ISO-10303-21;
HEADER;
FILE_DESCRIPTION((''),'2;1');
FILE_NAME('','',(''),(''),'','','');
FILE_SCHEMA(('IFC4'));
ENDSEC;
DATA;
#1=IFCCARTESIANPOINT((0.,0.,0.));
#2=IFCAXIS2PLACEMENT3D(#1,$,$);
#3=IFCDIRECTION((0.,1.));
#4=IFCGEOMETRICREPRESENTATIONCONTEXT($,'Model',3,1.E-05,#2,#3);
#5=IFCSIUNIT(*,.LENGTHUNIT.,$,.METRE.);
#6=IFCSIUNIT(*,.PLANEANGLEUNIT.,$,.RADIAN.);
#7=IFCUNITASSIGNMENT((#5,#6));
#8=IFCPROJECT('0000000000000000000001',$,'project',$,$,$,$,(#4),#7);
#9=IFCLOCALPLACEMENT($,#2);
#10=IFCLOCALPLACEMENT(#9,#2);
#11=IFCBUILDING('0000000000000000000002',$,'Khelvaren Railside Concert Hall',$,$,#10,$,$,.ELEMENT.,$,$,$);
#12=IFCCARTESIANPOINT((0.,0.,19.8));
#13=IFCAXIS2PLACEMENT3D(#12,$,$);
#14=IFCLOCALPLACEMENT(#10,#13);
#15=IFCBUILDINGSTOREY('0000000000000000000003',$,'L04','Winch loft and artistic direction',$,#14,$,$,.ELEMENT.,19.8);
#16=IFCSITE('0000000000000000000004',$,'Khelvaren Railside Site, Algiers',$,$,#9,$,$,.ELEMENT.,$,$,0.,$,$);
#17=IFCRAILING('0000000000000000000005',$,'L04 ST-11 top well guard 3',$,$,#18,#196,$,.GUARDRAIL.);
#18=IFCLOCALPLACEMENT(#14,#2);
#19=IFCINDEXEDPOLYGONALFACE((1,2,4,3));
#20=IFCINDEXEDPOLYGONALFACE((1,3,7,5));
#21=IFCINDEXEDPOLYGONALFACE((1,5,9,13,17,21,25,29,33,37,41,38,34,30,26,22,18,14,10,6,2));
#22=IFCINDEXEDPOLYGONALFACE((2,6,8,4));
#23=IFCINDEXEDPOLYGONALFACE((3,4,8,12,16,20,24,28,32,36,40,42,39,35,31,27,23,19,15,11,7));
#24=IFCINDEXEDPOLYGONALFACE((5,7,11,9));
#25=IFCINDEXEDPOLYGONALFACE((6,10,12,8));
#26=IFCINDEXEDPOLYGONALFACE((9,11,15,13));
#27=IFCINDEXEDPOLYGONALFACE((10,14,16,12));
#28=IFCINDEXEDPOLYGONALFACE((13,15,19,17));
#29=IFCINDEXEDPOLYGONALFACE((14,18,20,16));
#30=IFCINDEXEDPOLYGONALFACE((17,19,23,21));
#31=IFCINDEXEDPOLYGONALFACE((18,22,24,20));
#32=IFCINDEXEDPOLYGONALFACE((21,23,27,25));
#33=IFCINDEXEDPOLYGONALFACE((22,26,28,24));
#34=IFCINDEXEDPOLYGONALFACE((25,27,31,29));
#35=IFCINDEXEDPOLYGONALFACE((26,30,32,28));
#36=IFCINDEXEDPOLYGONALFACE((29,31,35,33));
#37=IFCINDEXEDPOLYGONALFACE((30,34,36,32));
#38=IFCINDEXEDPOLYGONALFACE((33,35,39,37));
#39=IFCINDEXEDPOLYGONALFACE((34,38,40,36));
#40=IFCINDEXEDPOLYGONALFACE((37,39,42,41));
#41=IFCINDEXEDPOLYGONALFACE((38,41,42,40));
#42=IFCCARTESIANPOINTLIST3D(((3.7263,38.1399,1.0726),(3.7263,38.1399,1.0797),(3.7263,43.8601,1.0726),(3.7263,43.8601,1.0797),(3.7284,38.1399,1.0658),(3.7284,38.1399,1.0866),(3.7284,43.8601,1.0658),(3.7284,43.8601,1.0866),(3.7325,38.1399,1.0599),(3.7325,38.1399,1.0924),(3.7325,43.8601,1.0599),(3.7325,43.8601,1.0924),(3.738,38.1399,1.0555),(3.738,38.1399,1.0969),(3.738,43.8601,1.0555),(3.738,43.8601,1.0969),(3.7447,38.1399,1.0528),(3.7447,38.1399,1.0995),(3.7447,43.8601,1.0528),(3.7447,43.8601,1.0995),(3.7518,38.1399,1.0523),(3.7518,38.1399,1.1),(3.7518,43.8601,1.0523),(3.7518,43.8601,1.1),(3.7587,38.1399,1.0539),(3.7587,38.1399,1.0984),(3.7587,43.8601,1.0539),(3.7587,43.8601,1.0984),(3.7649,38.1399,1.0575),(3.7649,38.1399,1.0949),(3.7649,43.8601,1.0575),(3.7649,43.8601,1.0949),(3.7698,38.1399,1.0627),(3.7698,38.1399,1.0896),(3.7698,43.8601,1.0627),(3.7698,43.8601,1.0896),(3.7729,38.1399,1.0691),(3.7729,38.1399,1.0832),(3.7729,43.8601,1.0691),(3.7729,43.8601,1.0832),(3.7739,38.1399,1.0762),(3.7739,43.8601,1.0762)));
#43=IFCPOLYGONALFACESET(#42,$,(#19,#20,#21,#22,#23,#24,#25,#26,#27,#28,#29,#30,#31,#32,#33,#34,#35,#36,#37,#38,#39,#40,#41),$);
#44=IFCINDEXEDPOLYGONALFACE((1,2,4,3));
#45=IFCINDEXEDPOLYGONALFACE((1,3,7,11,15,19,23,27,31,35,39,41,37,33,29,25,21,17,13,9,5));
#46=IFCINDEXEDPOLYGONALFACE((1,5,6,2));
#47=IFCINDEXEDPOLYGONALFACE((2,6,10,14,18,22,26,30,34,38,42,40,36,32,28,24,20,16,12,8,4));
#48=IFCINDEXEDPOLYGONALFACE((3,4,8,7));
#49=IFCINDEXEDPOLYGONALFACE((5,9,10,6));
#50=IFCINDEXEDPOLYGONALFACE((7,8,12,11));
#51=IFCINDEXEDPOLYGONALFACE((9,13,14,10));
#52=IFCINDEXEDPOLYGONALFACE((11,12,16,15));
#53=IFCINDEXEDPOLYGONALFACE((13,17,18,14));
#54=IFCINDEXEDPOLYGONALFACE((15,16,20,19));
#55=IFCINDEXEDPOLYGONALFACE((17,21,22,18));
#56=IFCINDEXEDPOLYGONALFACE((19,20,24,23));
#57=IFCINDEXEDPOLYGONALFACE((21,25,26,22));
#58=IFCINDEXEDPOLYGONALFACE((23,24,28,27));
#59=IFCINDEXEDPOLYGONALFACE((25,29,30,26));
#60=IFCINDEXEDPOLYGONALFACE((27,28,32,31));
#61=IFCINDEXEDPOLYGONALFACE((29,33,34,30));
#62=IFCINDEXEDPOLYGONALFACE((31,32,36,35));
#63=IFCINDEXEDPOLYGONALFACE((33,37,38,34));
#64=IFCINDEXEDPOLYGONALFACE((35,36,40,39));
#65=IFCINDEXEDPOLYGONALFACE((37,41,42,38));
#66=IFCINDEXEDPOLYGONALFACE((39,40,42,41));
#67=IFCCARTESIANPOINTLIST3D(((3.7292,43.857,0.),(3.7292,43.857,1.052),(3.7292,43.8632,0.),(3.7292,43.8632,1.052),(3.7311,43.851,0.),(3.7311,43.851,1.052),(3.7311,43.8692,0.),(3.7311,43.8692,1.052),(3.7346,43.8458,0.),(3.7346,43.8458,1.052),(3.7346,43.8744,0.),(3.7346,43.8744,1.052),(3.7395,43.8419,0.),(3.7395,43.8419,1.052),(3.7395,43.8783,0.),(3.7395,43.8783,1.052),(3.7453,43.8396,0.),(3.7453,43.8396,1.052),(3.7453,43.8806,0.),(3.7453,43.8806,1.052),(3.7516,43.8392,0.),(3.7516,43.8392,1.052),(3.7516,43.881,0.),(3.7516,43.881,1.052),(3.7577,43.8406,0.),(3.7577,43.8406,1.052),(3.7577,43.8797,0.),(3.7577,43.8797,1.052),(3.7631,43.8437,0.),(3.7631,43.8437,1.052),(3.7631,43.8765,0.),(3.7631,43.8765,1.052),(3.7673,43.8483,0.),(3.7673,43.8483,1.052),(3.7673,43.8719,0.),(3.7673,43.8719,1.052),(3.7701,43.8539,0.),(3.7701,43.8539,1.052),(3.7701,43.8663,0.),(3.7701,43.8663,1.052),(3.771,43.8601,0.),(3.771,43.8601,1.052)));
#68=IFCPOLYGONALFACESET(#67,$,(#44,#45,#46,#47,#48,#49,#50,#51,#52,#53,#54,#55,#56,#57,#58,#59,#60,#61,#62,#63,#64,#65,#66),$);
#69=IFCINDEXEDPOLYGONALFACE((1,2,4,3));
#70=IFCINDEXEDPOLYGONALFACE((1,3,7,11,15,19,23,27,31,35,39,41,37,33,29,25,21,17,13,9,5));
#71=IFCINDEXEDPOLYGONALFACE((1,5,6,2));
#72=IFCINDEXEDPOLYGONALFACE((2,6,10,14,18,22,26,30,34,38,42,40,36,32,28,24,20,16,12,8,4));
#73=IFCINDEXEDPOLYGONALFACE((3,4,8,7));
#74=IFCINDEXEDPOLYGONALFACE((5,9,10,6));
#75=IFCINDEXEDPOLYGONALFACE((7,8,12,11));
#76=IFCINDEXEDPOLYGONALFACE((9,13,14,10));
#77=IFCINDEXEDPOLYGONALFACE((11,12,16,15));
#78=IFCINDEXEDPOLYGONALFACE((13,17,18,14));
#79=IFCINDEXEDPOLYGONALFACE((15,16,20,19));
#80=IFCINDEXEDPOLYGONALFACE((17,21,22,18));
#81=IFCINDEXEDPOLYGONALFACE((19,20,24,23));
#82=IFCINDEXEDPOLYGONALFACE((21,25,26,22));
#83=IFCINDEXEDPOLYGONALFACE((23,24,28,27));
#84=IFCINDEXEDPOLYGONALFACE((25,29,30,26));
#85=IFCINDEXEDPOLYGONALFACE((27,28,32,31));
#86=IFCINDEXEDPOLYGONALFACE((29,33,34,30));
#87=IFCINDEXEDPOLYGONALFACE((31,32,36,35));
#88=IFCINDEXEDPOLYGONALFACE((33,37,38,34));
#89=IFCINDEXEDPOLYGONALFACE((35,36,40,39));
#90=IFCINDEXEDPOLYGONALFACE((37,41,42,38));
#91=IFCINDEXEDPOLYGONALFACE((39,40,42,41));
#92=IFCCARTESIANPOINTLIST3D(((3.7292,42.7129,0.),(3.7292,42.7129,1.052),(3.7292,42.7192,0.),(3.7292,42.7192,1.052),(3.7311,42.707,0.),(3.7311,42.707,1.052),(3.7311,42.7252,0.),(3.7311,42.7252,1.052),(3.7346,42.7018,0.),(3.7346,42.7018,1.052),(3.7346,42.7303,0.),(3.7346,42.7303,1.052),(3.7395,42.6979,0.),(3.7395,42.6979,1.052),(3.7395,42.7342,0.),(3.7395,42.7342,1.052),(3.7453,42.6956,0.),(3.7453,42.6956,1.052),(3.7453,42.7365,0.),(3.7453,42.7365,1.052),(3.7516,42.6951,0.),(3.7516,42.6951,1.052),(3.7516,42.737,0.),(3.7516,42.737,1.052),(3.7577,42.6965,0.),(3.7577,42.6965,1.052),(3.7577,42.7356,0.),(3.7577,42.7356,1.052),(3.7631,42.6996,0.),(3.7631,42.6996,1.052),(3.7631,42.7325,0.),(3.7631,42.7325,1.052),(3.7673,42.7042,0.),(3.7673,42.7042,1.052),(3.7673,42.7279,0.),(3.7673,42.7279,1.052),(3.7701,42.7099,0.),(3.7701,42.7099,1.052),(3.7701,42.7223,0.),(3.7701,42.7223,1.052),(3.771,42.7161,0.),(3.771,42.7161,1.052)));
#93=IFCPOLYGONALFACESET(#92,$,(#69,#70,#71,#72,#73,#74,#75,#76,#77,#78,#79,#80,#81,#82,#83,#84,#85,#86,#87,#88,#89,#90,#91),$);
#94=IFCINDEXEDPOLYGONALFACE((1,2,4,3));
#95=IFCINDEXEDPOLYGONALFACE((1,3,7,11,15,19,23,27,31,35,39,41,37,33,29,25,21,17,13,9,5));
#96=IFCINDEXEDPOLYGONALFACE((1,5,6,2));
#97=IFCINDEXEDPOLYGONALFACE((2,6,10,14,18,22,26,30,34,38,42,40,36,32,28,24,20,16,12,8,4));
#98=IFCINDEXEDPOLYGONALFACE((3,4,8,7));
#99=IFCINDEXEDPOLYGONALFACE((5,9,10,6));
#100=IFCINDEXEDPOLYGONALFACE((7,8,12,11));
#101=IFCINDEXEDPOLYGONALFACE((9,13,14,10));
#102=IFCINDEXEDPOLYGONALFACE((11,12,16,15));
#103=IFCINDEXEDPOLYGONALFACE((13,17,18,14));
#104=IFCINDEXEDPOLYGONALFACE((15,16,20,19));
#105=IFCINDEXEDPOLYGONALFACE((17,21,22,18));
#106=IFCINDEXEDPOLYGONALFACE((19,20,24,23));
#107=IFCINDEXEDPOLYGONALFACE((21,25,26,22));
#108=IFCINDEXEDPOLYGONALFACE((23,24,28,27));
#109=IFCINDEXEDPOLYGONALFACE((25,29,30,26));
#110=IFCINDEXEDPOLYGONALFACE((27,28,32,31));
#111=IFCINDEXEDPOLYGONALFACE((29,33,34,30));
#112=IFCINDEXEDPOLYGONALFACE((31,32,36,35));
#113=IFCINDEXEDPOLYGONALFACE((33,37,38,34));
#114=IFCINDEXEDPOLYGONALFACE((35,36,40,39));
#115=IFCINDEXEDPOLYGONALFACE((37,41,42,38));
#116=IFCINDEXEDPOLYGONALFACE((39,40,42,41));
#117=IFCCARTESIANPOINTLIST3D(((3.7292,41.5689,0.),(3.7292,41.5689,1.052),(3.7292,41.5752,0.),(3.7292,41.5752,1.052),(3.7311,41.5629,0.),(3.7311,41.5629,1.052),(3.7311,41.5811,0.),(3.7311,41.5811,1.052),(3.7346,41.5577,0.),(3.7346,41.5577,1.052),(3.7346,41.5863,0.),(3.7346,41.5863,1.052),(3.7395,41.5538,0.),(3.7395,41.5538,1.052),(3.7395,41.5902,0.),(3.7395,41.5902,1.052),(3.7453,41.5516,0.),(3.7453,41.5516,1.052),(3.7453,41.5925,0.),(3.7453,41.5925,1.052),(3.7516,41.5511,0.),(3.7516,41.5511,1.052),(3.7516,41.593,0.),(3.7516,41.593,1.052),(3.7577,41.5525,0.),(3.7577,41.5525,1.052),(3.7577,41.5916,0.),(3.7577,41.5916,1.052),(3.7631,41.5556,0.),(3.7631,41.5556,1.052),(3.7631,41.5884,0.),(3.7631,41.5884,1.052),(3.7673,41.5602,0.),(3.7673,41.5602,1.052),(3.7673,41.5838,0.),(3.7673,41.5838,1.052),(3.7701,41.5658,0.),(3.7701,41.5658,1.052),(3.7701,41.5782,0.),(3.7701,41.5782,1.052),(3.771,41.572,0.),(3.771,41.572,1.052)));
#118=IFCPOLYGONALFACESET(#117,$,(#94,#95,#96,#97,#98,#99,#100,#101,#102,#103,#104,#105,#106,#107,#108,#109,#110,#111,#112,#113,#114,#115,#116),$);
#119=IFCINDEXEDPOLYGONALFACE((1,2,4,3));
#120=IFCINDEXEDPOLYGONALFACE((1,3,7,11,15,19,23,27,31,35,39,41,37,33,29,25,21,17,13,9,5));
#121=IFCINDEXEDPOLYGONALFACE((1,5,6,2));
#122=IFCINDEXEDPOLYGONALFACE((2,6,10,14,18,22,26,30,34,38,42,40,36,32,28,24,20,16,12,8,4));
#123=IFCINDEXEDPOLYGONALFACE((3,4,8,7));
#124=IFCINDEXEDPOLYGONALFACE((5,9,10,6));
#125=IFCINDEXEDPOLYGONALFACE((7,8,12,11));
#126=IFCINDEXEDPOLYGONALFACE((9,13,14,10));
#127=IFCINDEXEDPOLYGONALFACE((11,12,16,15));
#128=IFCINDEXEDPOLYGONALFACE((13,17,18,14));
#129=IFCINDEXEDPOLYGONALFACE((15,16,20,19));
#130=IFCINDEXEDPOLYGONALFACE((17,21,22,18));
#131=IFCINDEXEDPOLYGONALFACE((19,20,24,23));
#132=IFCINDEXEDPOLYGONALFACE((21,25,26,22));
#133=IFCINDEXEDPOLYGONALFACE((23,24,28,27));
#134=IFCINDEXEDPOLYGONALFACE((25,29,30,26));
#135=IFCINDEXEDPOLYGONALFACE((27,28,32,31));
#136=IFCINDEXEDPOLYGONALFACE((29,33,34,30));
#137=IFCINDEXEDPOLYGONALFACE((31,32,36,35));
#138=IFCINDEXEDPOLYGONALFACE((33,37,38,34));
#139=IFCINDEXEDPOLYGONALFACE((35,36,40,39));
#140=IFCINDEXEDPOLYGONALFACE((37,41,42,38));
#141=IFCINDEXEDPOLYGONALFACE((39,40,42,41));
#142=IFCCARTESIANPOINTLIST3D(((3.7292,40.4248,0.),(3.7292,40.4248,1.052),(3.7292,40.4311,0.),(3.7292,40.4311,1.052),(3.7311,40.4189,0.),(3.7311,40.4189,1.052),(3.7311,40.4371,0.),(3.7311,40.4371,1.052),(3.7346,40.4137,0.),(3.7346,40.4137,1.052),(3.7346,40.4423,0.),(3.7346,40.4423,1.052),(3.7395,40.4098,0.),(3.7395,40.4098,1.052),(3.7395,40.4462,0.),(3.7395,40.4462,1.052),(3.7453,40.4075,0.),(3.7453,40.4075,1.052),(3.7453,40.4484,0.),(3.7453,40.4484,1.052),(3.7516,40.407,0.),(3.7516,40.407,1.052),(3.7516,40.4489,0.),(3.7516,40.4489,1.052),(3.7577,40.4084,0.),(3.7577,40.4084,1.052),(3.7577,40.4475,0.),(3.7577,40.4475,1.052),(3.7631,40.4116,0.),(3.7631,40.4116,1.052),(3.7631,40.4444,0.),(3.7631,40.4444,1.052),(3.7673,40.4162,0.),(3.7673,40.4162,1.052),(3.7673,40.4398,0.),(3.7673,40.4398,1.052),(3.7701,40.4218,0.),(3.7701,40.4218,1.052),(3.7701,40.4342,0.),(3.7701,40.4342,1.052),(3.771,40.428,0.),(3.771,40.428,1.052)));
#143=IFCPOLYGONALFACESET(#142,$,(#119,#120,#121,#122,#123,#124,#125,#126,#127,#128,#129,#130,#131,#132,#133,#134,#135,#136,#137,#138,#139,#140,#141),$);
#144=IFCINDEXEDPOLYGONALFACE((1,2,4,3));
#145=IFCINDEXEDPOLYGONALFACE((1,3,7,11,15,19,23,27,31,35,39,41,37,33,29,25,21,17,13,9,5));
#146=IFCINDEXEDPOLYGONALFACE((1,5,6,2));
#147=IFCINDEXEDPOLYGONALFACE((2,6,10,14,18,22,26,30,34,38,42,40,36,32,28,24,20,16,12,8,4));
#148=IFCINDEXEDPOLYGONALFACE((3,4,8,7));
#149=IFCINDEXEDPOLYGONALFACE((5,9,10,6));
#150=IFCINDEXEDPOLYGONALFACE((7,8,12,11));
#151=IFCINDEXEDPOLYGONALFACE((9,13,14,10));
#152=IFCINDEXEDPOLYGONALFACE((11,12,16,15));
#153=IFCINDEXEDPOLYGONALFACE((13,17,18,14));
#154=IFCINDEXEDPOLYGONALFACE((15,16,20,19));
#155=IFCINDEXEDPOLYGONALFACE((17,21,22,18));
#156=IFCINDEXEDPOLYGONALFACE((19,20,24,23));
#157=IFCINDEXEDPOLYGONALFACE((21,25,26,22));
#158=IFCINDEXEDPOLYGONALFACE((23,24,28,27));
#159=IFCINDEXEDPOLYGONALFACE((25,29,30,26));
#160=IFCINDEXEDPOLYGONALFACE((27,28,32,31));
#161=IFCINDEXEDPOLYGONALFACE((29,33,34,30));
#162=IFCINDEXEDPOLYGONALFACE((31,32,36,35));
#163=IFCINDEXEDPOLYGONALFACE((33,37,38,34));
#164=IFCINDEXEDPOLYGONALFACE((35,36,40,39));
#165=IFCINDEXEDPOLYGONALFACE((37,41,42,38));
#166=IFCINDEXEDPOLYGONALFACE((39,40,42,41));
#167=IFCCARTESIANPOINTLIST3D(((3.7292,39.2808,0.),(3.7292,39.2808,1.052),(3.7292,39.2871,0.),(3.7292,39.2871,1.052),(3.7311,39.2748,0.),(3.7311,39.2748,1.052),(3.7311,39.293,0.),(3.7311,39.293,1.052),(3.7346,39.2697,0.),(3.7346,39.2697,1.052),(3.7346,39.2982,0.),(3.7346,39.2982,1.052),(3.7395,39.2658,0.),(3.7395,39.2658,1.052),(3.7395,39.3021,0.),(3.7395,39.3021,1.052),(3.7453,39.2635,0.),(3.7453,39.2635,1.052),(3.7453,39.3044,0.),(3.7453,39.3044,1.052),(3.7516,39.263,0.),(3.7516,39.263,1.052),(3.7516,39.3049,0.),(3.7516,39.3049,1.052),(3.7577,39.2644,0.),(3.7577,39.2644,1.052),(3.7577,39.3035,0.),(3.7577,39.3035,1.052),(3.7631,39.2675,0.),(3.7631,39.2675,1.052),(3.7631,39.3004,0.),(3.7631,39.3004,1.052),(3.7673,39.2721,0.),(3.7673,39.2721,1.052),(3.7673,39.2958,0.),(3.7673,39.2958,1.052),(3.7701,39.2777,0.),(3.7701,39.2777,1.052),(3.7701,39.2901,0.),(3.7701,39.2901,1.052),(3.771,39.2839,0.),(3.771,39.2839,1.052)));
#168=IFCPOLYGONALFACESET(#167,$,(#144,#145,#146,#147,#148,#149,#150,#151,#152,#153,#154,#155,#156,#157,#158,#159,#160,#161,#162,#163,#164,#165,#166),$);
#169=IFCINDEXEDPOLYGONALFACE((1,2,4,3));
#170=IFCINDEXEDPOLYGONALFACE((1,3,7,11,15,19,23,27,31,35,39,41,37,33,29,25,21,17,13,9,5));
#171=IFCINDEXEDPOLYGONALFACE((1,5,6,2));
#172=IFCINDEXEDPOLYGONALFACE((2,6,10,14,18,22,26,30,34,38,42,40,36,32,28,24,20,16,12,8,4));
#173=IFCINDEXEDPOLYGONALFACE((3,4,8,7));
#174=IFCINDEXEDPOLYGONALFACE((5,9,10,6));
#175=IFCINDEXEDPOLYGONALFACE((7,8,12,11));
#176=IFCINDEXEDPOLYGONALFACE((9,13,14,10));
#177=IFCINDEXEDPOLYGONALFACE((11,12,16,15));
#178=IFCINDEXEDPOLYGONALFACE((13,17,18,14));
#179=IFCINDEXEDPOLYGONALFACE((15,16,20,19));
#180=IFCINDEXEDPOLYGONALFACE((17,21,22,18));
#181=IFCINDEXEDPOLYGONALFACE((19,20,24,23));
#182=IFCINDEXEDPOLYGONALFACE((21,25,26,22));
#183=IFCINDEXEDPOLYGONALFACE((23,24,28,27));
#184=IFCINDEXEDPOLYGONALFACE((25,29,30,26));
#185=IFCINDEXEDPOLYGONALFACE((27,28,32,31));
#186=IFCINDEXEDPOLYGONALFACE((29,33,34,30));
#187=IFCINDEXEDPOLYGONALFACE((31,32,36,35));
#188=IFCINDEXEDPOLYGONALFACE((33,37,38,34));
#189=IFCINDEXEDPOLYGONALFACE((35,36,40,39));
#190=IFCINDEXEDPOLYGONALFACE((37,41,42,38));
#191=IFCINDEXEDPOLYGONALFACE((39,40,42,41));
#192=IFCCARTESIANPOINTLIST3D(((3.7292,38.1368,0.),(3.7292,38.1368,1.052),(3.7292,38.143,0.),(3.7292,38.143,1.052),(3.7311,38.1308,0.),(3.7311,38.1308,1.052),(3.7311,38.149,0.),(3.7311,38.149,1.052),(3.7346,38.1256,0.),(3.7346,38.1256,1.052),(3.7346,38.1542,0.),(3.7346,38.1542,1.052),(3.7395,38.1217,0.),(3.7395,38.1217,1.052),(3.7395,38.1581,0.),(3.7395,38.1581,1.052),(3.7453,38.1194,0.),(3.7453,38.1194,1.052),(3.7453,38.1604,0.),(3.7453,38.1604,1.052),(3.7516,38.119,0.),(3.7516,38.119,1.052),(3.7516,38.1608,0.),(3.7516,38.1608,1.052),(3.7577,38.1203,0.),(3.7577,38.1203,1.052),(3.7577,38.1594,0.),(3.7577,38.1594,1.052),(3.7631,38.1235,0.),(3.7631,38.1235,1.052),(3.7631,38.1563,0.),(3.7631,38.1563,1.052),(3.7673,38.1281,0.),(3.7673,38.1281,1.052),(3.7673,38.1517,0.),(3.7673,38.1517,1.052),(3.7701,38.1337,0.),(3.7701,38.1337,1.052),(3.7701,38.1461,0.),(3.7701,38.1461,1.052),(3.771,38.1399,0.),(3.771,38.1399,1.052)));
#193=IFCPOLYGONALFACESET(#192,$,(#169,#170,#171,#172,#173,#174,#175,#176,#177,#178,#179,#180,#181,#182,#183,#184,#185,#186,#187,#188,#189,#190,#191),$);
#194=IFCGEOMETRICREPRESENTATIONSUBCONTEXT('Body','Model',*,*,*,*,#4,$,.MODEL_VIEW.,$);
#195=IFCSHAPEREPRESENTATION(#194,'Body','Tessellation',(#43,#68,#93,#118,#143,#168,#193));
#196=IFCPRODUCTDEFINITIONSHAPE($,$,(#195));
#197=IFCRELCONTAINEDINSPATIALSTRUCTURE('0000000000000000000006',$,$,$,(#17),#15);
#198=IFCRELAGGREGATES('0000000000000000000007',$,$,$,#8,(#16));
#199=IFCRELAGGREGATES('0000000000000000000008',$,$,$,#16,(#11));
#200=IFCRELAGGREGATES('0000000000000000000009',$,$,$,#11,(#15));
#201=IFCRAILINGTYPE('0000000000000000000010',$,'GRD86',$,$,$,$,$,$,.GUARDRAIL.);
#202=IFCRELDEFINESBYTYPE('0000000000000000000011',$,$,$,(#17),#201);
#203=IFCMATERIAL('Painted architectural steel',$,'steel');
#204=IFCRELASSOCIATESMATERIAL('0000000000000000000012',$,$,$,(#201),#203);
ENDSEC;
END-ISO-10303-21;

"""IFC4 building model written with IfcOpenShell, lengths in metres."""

from ifc_helpers import new_model, si_unit, direction, frame, origin, origin_2d, place, context, subcontext, project, spatial, circle, extrude, material, type_object, element, save


model = new_model("IFC4")

# Units and contexts
model_context = context("Model", 3, precision=1e-05, world=origin(), true_north=direction((0.0, 1.0)))
body_context = subcontext(model_context, "Body", "Model", "MODEL_VIEW")
ifc_project = project(units=[si_unit("LENGTHUNIT", "METRE"), si_unit("PLANEANGLEUNIT", "RADIAN")], contexts=[model_context])

# Site, building, storey
site_placement = place(None, origin())
site = spatial("IfcSite", under=ifc_project, at=site_placement, Name="Khelvaren Railside Site, Algiers", CompositionType="ELEMENT", RefElevation=0.0)
building_placement = place(site_placement, origin())
building = spatial("IfcBuilding", under=site, at=building_placement, Name="Khelvaren Railside Concert Hall", CompositionType="ELEMENT")
storey_placement = place(building_placement, frame((0.0, 0.0, 19.8)))
storey = spatial("IfcBuildingStorey", under=building, at=storey_placement, Name="L04", Description="Winch loft and artistic direction", CompositionType="ELEMENT", Elevation=19.8)

# Railing
ifc_material_1 = material(Name="Painted architectural steel", Category="steel")
railing_type = type_object("IfcRailingType", Name="GRD86", PredefinedType="GUARDRAIL", material=ifc_material_1)
for number, where, name in (
    (1, (3.75, 43.8601, 0.0), "L04 ST-11 top well guard 3"),
):
    element("IfcRailing", number, at=place(storey_placement, frame(where)), inside=storey, type_object=railing_type, Name=name, PredefinedType="GUARDRAIL", context=body_context, shape_type="SweptSolid", body=[
        extrude(circle(Radius=0.0239, at=origin_2d()), frame((0.0, 0.0, 1.0762), z_axis=(0.0, -1.0, 0.0), x_axis=(1.0, 0.0, 0.0)), (0.0, 0.0, 1.0), 5.7202),
        extrude(circle(Radius=0.021, at=origin_2d()), origin(), (0.0, 0.0, 1.0), 1.052),
        extrude(circle(Radius=0.021, at=origin_2d()), frame((0.0, -1.144, 0.0)), (0.0, 0.0, 1.0), 1.052),
        extrude(circle(Radius=0.021, at=origin_2d()), frame((0.0, -2.2881, 0.0)), (0.0, 0.0, 1.0), 1.052),
        extrude(circle(Radius=0.021, at=origin_2d()), frame((0.0, -3.4321, 0.0)), (0.0, 0.0, 1.0), 1.052),
        extrude(circle(Radius=0.021, at=origin_2d()), frame((0.0, -4.5762, 0.0)), (0.0, 0.0, 1.0), 1.052),
        extrude(circle(Radius=0.021, at=origin_2d()), frame((0.0, -5.7202, 0.0)), (0.0, 0.0, 1.0), 1.052),
    ])

save(model, "model.ifc")
